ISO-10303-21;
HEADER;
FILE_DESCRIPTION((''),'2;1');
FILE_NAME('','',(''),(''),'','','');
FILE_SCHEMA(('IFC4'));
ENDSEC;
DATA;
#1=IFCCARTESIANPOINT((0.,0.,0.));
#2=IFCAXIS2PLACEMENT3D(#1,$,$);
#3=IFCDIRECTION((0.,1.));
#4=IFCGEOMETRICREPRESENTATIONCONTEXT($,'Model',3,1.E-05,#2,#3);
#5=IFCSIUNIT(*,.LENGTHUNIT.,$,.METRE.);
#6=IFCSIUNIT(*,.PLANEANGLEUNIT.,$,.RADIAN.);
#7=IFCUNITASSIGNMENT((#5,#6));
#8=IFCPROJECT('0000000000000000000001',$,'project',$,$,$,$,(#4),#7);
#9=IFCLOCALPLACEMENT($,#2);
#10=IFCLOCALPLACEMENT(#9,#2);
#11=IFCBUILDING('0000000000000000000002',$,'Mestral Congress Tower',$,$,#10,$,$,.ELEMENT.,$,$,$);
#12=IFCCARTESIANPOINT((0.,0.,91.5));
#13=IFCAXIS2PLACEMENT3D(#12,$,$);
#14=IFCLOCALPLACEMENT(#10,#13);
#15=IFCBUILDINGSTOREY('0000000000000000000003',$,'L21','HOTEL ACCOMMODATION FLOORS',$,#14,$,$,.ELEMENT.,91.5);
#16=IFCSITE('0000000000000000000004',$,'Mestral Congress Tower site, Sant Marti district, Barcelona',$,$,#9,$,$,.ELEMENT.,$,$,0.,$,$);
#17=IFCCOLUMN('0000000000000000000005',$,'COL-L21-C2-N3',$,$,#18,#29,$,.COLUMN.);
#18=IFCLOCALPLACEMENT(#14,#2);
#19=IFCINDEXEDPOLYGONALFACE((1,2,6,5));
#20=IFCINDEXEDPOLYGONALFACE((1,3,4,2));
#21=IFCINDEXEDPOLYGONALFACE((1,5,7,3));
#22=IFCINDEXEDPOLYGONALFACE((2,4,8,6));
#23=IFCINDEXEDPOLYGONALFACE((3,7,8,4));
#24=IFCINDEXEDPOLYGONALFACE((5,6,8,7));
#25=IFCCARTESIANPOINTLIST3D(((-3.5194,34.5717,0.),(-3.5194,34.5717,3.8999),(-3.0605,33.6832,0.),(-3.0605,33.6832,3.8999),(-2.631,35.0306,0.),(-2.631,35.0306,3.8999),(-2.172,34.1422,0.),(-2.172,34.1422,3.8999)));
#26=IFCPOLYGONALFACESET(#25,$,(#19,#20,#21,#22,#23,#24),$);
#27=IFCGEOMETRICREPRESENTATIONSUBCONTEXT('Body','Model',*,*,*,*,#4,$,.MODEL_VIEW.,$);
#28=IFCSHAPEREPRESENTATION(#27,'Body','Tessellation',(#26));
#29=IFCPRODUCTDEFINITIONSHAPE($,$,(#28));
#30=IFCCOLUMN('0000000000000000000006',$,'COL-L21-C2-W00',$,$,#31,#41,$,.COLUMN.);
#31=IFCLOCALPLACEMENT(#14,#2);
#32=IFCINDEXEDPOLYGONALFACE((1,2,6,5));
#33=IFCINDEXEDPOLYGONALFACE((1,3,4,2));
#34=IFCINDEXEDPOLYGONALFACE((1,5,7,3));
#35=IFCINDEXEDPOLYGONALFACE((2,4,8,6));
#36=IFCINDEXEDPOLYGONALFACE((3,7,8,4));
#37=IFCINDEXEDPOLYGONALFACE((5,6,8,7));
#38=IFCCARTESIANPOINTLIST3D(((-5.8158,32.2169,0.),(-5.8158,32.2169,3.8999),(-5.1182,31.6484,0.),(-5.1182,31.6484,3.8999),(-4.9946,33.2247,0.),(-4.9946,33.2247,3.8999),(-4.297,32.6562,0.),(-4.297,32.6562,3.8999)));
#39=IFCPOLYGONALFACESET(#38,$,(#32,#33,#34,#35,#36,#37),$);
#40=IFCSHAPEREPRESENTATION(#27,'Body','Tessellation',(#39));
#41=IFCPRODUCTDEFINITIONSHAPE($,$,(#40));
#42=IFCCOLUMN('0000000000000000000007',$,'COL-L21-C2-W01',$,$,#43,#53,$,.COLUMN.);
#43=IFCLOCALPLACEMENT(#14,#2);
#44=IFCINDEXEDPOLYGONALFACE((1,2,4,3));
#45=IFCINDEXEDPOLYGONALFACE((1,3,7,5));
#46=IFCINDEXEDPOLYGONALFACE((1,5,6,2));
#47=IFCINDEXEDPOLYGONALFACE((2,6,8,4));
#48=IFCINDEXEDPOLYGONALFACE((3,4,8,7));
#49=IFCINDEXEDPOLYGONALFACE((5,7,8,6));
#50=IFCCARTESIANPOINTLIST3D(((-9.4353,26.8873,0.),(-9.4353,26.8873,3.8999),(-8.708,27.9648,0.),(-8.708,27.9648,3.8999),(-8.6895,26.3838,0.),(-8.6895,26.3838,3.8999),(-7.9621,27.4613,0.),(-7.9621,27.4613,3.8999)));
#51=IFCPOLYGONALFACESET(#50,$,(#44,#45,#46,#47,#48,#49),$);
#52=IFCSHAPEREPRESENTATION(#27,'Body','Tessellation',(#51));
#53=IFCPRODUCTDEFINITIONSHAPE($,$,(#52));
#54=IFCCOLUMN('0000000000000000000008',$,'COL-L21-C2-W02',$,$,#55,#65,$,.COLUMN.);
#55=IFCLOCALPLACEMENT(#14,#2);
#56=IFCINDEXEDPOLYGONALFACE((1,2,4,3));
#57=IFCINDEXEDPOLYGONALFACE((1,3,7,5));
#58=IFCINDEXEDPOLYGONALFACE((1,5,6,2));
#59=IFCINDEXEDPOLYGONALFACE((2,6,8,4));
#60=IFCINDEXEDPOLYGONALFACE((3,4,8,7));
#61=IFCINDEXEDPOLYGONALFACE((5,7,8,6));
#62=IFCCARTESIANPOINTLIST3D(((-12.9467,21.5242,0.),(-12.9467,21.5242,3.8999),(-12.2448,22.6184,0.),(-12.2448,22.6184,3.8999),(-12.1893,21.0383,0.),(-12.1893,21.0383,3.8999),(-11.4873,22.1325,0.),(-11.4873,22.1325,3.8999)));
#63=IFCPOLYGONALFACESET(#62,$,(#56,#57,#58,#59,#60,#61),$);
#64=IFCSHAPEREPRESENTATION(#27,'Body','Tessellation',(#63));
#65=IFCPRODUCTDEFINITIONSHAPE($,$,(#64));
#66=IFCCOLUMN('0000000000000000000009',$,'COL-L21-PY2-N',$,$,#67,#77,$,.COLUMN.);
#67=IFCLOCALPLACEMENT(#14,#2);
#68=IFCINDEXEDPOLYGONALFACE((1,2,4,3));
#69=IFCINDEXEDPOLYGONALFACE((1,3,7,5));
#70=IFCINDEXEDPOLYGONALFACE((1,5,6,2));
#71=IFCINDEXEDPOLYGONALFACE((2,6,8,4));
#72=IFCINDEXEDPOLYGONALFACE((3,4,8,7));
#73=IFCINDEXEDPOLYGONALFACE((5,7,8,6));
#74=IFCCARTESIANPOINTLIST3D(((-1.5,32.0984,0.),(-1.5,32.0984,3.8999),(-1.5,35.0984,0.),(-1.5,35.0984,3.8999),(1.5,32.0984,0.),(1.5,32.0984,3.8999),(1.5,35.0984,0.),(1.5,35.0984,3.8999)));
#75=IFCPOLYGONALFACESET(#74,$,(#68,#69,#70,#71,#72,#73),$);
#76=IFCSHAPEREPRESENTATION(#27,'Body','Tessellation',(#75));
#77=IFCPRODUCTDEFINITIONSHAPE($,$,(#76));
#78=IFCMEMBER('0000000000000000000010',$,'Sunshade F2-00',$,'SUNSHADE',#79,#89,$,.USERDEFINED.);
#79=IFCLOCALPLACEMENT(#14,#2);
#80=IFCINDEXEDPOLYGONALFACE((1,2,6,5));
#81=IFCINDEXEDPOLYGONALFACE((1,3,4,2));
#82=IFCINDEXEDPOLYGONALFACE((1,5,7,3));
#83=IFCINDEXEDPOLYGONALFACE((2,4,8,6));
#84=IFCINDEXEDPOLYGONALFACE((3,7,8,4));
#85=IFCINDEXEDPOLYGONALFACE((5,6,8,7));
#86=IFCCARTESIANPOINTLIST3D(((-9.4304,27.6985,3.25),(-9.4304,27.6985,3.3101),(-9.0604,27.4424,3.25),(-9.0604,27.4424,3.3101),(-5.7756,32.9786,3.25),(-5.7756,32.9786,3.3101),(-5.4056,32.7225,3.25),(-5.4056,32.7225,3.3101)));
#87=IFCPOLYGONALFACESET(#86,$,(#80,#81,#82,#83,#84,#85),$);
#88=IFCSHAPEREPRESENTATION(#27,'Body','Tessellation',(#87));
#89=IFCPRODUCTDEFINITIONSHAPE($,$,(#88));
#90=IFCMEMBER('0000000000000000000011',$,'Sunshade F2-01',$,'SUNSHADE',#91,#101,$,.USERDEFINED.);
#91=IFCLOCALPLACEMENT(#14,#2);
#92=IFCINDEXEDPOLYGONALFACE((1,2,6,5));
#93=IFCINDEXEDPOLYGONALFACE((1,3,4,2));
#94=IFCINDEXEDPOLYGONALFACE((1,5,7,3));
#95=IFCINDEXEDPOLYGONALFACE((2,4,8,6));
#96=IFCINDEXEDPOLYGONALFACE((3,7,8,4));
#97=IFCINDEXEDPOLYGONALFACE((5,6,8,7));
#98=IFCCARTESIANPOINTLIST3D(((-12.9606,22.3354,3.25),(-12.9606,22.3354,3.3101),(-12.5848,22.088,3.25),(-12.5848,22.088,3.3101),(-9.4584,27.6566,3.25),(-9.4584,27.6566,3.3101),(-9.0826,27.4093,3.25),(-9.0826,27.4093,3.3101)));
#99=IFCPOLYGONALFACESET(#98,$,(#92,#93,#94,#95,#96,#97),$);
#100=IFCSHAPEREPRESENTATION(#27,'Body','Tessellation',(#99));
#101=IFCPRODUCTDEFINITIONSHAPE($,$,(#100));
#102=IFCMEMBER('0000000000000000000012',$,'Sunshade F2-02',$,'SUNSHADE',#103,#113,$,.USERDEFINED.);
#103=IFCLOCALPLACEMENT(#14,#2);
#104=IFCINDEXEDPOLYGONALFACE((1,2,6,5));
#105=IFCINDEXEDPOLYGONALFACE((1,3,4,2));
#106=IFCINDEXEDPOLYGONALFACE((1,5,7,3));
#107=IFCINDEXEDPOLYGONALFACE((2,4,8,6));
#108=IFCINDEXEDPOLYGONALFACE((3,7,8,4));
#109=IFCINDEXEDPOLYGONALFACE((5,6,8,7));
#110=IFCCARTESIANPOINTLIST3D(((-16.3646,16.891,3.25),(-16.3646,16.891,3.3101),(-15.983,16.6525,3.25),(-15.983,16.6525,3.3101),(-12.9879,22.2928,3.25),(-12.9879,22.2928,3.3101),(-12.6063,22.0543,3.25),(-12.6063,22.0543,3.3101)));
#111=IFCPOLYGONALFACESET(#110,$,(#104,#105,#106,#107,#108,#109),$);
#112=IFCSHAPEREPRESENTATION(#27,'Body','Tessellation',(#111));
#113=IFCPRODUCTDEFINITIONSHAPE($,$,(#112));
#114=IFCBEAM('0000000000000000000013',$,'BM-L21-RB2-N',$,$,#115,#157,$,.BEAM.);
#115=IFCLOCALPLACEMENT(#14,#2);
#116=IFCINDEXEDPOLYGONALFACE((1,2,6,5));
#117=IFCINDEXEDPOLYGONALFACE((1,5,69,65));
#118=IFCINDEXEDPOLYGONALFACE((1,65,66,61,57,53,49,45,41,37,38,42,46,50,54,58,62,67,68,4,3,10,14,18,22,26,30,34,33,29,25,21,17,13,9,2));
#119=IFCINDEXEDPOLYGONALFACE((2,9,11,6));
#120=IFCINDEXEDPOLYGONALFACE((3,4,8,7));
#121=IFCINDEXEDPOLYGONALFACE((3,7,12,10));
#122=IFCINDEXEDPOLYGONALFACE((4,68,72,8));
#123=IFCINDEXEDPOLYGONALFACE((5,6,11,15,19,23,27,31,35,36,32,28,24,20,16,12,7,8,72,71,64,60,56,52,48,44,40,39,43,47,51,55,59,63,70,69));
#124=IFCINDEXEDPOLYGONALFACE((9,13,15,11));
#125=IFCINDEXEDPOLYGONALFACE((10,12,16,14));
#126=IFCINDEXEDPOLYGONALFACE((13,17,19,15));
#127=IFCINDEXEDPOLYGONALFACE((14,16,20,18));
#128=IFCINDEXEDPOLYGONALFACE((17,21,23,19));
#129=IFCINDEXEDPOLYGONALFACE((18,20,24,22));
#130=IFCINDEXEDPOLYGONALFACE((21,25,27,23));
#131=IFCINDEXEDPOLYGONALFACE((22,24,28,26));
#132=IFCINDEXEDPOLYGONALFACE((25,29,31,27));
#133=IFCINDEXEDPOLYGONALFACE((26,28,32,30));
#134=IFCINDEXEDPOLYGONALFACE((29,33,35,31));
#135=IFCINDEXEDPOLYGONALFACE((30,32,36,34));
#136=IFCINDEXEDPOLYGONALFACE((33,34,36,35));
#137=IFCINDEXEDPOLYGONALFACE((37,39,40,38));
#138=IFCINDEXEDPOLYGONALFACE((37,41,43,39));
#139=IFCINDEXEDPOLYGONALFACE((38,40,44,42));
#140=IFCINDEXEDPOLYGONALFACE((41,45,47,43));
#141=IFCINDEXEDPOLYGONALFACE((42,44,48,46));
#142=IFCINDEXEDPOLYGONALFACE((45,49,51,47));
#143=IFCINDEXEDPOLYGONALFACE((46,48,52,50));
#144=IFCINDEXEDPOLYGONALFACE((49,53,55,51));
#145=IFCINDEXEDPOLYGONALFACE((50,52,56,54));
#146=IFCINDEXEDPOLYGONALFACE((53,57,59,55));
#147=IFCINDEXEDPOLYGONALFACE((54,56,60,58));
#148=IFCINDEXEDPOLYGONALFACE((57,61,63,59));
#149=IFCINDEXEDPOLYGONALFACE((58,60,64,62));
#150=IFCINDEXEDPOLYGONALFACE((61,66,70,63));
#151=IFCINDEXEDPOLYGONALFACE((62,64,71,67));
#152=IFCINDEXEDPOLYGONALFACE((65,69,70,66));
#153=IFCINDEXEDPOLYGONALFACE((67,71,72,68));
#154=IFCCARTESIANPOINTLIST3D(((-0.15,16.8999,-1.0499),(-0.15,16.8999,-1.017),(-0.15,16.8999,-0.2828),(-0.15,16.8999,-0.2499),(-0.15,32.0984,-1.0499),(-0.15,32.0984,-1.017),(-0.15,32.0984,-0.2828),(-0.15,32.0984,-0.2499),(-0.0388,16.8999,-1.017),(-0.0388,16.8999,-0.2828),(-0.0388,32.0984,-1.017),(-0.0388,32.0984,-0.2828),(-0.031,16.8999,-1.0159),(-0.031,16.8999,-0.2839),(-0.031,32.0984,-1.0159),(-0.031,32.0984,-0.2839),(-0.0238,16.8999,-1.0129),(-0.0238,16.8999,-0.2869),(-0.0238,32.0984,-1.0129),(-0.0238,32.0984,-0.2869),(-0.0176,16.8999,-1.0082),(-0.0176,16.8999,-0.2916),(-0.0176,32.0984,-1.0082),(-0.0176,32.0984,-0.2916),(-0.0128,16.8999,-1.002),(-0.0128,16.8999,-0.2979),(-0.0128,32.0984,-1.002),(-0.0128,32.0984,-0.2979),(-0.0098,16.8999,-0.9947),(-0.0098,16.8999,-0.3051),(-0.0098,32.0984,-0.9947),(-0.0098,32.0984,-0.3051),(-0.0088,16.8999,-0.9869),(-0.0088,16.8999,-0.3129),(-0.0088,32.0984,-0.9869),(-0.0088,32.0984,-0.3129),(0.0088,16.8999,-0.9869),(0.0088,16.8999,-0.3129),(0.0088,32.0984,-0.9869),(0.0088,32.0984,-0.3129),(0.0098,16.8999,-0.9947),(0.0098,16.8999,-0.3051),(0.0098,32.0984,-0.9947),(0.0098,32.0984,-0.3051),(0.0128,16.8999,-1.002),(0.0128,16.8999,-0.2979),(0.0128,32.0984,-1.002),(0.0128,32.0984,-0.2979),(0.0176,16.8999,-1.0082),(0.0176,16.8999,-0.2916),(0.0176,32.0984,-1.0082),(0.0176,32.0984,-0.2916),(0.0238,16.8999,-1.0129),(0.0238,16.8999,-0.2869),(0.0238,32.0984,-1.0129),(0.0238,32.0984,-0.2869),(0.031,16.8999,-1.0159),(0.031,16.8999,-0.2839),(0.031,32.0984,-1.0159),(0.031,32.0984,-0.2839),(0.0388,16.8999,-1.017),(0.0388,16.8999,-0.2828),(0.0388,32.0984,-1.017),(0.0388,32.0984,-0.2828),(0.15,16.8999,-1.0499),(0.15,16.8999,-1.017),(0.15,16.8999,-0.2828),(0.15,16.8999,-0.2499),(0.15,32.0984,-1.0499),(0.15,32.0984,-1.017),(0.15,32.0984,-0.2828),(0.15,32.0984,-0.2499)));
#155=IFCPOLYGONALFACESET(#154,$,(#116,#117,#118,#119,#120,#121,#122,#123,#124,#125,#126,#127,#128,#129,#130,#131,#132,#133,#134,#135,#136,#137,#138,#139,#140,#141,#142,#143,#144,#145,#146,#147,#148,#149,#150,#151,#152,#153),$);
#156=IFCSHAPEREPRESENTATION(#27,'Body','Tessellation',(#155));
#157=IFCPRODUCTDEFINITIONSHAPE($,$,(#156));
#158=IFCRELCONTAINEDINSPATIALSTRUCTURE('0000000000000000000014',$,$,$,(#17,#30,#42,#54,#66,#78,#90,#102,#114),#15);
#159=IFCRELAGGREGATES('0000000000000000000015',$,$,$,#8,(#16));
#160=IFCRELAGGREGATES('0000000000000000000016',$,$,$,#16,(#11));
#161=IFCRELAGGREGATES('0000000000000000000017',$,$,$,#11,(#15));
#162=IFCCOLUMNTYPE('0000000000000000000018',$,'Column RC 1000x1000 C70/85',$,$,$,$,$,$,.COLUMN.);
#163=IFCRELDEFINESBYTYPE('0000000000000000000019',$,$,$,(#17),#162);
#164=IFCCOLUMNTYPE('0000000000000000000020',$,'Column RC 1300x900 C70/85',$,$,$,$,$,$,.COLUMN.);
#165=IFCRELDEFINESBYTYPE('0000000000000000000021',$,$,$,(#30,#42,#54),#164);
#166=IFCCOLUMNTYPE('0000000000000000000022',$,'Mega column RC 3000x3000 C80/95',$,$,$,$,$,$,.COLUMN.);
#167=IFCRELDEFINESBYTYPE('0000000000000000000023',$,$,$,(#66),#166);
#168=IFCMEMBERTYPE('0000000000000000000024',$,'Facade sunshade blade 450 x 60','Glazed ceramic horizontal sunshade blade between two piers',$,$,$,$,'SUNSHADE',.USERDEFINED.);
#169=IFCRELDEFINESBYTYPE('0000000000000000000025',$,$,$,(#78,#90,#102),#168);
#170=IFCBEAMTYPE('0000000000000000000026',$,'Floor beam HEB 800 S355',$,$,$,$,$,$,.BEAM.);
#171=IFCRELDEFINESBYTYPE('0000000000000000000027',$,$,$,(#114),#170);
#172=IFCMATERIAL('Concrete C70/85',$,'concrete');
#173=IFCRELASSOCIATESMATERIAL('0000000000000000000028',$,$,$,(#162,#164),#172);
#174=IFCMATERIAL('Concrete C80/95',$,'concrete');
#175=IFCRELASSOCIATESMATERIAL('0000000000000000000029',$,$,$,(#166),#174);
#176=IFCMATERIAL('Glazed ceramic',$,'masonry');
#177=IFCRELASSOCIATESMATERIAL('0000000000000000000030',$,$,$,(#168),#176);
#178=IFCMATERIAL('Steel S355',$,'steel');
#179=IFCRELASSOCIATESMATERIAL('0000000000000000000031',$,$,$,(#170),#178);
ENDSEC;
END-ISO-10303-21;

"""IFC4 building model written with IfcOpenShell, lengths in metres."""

from ifc_helpers import new_model, si_unit, direction, frame, origin, origin_2d, place, context, subcontext, project, spatial, rectangle, i_section, extrude, material, material_profile, profile_set, type_object, element, save


model = new_model("IFC4")

# Units and contexts
model_context = context("Model", 3, precision=1e-05, world=origin(), true_north=direction((0.0, 1.0)))
body_context = subcontext(model_context, "Body", "Model", "MODEL_VIEW")
ifc_project = project(units=[si_unit("LENGTHUNIT", "METRE"), si_unit("PLANEANGLEUNIT", "RADIAN")], contexts=[model_context])

# Site, building, storey
site_placement = place(None, origin())
site = spatial("IfcSite", under=ifc_project, at=site_placement, Name="Mestral Congress Tower site, Sant Marti district, Barcelona", CompositionType="ELEMENT", RefElevation=0.0)
building_placement = place(site_placement, origin())
building = spatial("IfcBuilding", under=site, at=building_placement, Name="Mestral Congress Tower", CompositionType="ELEMENT")
storey_placement = place(building_placement, frame((0.0, 0.0, 91.5)))
storey = spatial("IfcBuildingStorey", under=building, at=storey_placement, Name="L21", Description="HOTEL ACCOMMODATION FLOORS", CompositionType="ELEMENT", Elevation=91.5)

# Columns
ifc_material_1 = material(Name="Concrete C70/85", Category="concrete")
ifc_material_profile_1 = material_profile(ifc_material_1, rectangle(XDim=1.0, YDim=1.0, at=origin_2d()), Name="RC 1000x1000")
ifc_profile_set_1 = profile_set([ifc_material_profile_1], Name="Concrete C70/85")
column_type_1 = type_object("IfcColumnType", Name="Column RC 1000x1000 C70/85", PredefinedType="COLUMN", material=ifc_profile_set_1)
column_1_placement = place(storey_placement, frame((-2.8457, 34.3569, 0.0), z_axis=(0.0, 0.0, 1.0), x_axis=(-0.888456, -0.458961, 0.0)))
element("IfcColumn", 1, at=column_1_placement, inside=storey, type_object=column_type_1, Name="COL-L21-C2-N3", PredefinedType="COLUMN", context=body_context, shape_type="SweptSolid", body=[
    extrude(rectangle(XDim=1.0, YDim=1.0, at=origin_2d()), origin(), (0.0, 0.0, 1.0), 3.8999),
])
ifc_material_profile_2 = material_profile(ifc_material_1, rectangle(XDim=1.3, YDim=0.8999, at=origin_2d()), Name="RC 1300x900")
ifc_profile_set_2 = profile_set([ifc_material_profile_2], Name="Concrete C70/85")
column_type_2 = type_object("IfcColumnType", Name="Column RC 1300x900 C70/85", PredefinedType="COLUMN", material=ifc_profile_set_2)
for number, where, z_axis, x_axis, name in (
    (2, (-5.0564, 32.4365, 0.0), (0.0, 0.0, 1.0), (-0.631709, -0.775206, 0.0), "COL-L21-C2-W00"),
    (3, (-8.6987, 27.1743, 0.0), (0.0, 0.0, 1.0), (-0.559479, -0.828844, 0.0), "COL-L21-C2-W01"),
    (4, (-12.217, 21.8284, 0.0), (0.0, 0.0, 1.0), (-0.539945, -0.8417, 0.0), "COL-L21-C2-W02"),
):
    element("IfcColumn", number, at=place(storey_placement, frame(where, z_axis=z_axis, x_axis=x_axis)), inside=storey, type_object=column_type_2, Name=name, PredefinedType="COLUMN", context=body_context, shape_type="SweptSolid", body=[
        extrude(rectangle(XDim=1.3, YDim=0.8999, at=origin_2d()), origin(), (0.0, 0.0, 1.0), 3.8999),
    ])
ifc_material_2 = material(Name="Concrete C80/95", Category="concrete")
ifc_material_profile_3 = material_profile(ifc_material_2, rectangle(XDim=3.0, YDim=3.0, at=origin_2d()), Name="RC 3000x3000")
ifc_profile_set_3 = profile_set([ifc_material_profile_3], Name="Concrete C80/95")
column_type_3 = type_object("IfcColumnType", Name="Mega column RC 3000x3000 C80/95", PredefinedType="COLUMN", material=ifc_profile_set_3)
column_2_placement = place(storey_placement, frame((0.0, 33.5984, 0.0), z_axis=(0.0, 0.0, 1.0), x_axis=(0.0, 1.0, 0.0)))
element("IfcColumn", 5, at=column_2_placement, inside=storey, type_object=column_type_3, Name="COL-L21-PY2-N", PredefinedType="COLUMN", context=body_context, shape_type="SweptSolid", body=[
    extrude(rectangle(XDim=3.0, YDim=3.0, at=origin_2d()), origin(), (0.0, 0.0, 1.0), 3.8999),
])

# Members
ifc_material_3 = material(Name="Glazed ceramic", Category="masonry")
ifc_material_profile_4 = material_profile(ifc_material_3, rectangle(XDim=0.45, YDim=0.0601, at=origin_2d()), Name="Ceramic blade 450 x 60")
ifc_profile_set_4 = profile_set([ifc_material_profile_4], Name="Glazed ceramic")
member_type = type_object("IfcMemberType", Name="Facade sunshade blade 450 x 60", Description="Glazed ceramic horizontal sunshade blade between two piers", ElementType="SUNSHADE", PredefinedType="USERDEFINED", material=ifc_profile_set_4)
member_placement = place(storey_placement, frame((-5.5906, 32.8506, 3.28), z_axis=(-0.569145, -0.822237, 0.0), x_axis=(0.822237, -0.569145, 0.0)))
element("IfcMember", 6, at=member_placement, inside=storey, type_object=member_type, Name="Sunshade F2-00", ObjectType="SUNSHADE", PredefinedType="USERDEFINED", context=body_context, shape_type="SweptSolid", body=[
    extrude(rectangle(XDim=0.45, YDim=0.0601, at=origin_2d()), origin(), (0.0, 0.0, 1.0), 6.4216),
])
for number, where, z_axis, x_axis, name in (
    (7, (-9.2705, 27.533, 3.28), (-0.549764, -0.83532, 0.0), (0.83532, -0.549764, 0.0), "Sunshade F2-01"),
    (8, (-12.7971, 22.1736, 3.28), (-0.530061, -0.84796, 0.0), (0.84796, -0.530061, 0.0), "Sunshade F2-02"),
):
    element("IfcMember", number, at=place(storey_placement, frame(where, z_axis=z_axis, x_axis=x_axis)), inside=storey, type_object=member_type, Name=name, ObjectType="SUNSHADE", PredefinedType="USERDEFINED", context=body_context, shape_type="SweptSolid", body=[
        extrude(rectangle(XDim=0.45, YDim=0.0601, at=origin_2d()), origin(), (0.0, 0.0, 1.0), 6.3704),
    ])

# Beam
ifc_material_4 = material(Name="Steel S355", Category="steel")
ifc_material_profile_5 = material_profile(ifc_material_4, i_section(OverallWidth=0.3, OverallDepth=0.8, WebThickness=0.0176, FlangeThickness=0.033, FilletRadius=0.03, at=origin_2d()), Name="HEB 800")
ifc_profile_set_5 = profile_set([ifc_material_profile_5], Name="Steel S355")
beam_type_1 = type_object("IfcBeamType", Name="Floor beam HEB 800 S355", PredefinedType="BEAM", material=ifc_profile_set_5)
beam_1_placement = place(storey_placement, frame((0.0, 32.0984, -0.6499), z_axis=(0.0, -1.0, 0.0), x_axis=(1.0, 0.0, 0.0)))
element("IfcBeam", 9, at=beam_1_placement, inside=storey, type_object=beam_type_1, Name="BM-L21-RB2-N", PredefinedType="BEAM", context=body_context, shape_type="SweptSolid", body=[
    extrude(i_section(OverallWidth=0.3, OverallDepth=0.8, WebThickness=0.0176, FlangeThickness=0.033, FilletRadius=0.03, at=origin_2d()), origin(), (0.0, 0.0, 1.0), 15.1985),
])

save(model, "model.ifc")
